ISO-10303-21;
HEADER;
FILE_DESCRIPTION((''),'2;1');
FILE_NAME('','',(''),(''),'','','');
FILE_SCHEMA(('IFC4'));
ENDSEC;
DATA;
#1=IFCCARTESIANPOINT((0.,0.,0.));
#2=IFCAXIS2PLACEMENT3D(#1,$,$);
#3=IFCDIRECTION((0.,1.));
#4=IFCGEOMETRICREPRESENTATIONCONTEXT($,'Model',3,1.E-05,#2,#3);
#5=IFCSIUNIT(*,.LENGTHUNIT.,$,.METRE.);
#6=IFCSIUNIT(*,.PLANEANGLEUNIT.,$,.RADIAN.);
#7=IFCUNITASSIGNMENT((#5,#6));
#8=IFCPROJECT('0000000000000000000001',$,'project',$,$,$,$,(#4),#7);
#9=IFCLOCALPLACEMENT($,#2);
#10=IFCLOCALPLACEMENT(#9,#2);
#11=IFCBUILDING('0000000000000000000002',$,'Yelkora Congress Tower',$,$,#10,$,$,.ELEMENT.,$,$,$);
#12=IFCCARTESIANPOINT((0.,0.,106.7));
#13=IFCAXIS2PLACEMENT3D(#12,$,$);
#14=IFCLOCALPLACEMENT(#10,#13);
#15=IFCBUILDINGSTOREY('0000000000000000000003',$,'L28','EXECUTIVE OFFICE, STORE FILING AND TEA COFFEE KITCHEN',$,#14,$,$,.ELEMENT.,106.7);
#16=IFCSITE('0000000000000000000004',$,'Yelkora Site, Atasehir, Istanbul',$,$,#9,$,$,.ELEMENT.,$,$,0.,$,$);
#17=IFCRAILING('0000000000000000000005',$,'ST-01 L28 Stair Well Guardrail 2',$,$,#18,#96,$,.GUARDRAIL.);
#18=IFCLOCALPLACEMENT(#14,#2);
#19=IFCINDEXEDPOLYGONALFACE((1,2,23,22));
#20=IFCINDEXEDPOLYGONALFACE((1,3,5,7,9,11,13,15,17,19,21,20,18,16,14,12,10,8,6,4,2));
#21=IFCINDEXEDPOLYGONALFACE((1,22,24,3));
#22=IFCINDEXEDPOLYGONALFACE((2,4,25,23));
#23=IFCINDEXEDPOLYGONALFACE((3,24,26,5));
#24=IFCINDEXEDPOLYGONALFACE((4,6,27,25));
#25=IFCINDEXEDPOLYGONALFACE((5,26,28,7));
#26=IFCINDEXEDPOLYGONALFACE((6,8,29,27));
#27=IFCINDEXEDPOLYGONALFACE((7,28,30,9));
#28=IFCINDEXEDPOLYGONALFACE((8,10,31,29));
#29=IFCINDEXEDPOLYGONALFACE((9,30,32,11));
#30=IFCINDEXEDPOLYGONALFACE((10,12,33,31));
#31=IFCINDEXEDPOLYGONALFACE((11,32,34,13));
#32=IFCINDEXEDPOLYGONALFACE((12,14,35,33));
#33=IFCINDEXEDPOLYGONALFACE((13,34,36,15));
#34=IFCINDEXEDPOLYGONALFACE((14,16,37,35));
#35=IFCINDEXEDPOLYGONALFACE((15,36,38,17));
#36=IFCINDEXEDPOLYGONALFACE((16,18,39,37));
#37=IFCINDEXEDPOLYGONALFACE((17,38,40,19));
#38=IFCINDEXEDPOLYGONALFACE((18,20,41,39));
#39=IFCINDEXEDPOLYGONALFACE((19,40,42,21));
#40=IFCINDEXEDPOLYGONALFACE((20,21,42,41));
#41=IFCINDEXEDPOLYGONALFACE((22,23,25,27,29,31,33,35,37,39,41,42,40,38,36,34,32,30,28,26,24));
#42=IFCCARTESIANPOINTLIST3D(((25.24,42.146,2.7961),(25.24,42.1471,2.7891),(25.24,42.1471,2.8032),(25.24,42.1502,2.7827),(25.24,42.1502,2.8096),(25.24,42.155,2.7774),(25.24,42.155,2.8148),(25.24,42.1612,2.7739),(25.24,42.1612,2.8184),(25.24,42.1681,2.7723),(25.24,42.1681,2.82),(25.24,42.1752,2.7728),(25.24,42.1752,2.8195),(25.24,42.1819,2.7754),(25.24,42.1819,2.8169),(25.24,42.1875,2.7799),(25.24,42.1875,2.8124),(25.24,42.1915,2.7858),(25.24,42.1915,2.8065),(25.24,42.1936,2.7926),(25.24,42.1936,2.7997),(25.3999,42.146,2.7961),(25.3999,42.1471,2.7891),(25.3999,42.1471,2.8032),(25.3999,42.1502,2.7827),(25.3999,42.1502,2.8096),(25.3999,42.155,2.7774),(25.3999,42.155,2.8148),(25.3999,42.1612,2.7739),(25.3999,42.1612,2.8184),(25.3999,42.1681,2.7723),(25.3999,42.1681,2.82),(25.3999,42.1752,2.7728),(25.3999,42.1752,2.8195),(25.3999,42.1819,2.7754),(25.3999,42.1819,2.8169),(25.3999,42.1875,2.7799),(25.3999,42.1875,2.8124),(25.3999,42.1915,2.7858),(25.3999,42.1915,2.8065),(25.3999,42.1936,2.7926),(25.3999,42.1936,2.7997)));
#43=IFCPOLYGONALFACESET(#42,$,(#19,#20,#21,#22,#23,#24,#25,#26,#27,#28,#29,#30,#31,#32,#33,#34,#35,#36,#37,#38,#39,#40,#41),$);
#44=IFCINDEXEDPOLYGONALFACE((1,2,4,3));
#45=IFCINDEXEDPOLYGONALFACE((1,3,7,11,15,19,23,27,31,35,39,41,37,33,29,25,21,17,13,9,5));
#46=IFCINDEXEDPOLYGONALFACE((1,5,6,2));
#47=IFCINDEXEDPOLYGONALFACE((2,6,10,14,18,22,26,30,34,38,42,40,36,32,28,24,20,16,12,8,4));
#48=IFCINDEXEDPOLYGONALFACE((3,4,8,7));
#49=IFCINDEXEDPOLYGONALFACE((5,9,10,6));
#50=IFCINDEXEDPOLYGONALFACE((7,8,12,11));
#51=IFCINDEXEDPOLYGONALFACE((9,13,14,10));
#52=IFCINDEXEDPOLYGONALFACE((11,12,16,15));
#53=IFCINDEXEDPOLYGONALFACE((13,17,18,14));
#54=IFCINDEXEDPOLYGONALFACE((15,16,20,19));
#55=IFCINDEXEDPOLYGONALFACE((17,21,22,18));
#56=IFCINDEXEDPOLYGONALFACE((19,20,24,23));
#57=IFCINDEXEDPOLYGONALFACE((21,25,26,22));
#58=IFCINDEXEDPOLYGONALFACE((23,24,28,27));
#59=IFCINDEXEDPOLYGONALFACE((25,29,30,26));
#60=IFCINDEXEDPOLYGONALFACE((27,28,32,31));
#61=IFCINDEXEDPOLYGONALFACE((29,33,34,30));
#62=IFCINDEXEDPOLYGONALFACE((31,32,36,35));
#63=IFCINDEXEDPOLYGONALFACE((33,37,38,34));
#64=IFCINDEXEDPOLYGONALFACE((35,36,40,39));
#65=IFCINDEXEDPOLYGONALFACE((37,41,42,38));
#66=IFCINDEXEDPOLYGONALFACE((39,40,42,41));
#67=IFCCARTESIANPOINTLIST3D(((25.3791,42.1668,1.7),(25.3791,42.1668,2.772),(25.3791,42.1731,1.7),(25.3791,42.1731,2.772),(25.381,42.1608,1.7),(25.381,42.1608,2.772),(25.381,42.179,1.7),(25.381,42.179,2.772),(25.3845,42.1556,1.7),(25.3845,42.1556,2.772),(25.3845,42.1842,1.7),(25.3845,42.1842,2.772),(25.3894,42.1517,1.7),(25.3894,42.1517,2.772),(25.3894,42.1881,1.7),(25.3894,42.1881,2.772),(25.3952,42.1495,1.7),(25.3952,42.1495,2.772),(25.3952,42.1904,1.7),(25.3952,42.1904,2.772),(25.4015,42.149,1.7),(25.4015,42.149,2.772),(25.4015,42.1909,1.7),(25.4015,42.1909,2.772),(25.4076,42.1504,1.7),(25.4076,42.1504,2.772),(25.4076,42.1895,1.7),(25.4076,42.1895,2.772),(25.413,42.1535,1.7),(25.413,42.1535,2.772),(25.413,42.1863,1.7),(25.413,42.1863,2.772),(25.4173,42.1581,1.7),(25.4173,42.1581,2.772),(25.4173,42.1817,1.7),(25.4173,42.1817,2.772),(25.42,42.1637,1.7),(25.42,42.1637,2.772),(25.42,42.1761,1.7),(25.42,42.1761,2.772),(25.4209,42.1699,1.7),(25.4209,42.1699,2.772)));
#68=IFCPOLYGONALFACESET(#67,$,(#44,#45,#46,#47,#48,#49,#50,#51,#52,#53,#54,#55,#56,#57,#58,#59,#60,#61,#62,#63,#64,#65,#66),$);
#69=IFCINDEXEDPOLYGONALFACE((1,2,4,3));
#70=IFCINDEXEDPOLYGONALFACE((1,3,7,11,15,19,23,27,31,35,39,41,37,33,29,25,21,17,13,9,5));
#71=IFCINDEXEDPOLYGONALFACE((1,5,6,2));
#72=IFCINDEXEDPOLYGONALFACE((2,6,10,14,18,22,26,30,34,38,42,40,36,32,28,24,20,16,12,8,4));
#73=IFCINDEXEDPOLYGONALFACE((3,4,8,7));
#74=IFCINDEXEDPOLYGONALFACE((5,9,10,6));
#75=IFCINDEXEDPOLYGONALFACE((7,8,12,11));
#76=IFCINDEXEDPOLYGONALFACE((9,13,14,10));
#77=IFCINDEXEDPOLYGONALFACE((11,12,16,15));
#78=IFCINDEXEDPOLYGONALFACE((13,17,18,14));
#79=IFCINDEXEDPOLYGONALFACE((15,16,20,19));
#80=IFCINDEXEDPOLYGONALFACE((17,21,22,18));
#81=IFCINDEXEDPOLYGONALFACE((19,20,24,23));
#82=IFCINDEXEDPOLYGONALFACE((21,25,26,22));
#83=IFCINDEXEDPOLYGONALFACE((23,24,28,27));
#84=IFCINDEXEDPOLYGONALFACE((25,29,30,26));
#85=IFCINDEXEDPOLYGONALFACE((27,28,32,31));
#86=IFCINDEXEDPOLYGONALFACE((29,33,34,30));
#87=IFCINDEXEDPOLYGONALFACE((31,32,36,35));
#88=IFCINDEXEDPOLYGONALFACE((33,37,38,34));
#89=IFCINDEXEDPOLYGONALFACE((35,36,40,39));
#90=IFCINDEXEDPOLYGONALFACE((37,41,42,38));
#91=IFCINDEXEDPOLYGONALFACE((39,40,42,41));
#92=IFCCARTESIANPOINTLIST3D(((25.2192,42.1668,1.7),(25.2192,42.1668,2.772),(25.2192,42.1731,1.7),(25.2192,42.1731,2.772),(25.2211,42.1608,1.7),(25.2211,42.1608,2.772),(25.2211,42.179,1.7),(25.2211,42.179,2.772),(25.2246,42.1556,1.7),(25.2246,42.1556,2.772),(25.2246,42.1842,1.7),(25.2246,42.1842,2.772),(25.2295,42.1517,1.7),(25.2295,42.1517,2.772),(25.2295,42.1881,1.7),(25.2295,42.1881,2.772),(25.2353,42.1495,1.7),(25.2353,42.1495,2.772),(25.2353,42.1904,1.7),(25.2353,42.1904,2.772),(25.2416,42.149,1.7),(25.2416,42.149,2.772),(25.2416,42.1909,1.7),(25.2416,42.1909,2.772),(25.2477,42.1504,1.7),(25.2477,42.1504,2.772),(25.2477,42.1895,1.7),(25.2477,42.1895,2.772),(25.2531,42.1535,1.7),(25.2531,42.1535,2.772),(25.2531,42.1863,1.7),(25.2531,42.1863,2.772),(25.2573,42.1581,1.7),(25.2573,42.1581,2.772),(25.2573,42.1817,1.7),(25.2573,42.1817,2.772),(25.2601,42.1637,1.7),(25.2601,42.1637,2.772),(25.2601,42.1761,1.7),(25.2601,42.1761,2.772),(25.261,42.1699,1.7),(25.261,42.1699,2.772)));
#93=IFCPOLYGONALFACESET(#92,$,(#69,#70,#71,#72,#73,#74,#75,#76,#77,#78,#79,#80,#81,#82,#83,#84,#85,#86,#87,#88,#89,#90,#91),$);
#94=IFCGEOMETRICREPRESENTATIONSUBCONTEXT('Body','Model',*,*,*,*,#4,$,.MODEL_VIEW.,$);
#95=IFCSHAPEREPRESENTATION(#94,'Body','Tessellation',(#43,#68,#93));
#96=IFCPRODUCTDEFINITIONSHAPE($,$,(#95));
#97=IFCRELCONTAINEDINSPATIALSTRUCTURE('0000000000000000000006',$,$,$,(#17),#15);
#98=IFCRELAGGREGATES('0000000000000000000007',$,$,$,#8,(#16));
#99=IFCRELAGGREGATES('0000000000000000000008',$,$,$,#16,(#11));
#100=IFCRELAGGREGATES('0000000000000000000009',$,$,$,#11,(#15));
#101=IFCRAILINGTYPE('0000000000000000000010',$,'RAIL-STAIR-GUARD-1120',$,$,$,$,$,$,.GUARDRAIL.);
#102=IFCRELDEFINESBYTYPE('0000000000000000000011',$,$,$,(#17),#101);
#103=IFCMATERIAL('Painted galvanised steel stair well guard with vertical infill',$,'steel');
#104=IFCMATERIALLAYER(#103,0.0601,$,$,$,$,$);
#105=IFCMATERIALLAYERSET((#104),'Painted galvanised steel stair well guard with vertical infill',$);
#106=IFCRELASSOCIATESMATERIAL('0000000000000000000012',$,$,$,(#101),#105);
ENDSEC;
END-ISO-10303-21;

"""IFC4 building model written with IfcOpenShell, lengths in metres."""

from ifc_helpers import new_model, si_unit, direction, frame, origin, origin_2d, place, context, subcontext, project, spatial, circle, extrude, material, layer, layer_set, type_object, element, save


model = new_model("IFC4")

# Units and contexts
model_context = context("Model", 3, precision=1e-05, world=origin(), true_north=direction((0.0, 1.0)))
body_context = subcontext(model_context, "Body", "Model", "MODEL_VIEW")
ifc_project = project(units=[si_unit("LENGTHUNIT", "METRE"), si_unit("PLANEANGLEUNIT", "RADIAN")], contexts=[model_context])

# Site, building, storey
site_placement = place(None, origin())
site = spatial("IfcSite", under=ifc_project, at=site_placement, Name="Yelkora Site, Atasehir, Istanbul", CompositionType="ELEMENT", RefElevation=0.0)
building_placement = place(site_placement, origin())
building = spatial("IfcBuilding", under=site, at=building_placement, Name="Yelkora Congress Tower", CompositionType="ELEMENT")
storey_placement = place(building_placement, frame((0.0, 0.0, 106.7)))
storey = spatial("IfcBuildingStorey", under=building, at=storey_placement, Name="L28", Description="EXECUTIVE OFFICE, STORE FILING AND TEA COFFEE KITCHEN", CompositionType="ELEMENT", Elevation=106.7)

# Railing
ifc_material_1 = material(Name="Painted galvanised steel stair well guard with vertical infill", Category="steel")
ifc_layer_1 = layer(ifc_material_1, 0.0601)
ifc_layer_set_1 = layer_set([ifc_layer_1], Name="Painted galvanised steel stair well guard with vertical infill")
railing_type_1 = type_object("IfcRailingType", Name="RAIL-STAIR-GUARD-1120", PredefinedType="GUARDRAIL", material=ifc_layer_set_1)
railing_1_placement = place(storey_placement, frame((25.3999, 42.1699, 1.7)))
element("IfcRailing", 1, at=railing_1_placement, inside=storey, type_object=railing_type_1, Name="ST-01 L28 Stair Well Guardrail 2", PredefinedType="GUARDRAIL", context=body_context, shape_type="SweptSolid", body=[
    extrude(circle(Radius=0.0239, at=origin_2d()), frame((0.0, 0.0, 1.0962), z_axis=(-1.0, 0.0, 0.0), x_axis=(0.0, -1.0, 0.0)), (0.0, 0.0, 1.0), 0.1599),
    extrude(circle(Radius=0.021, at=origin_2d()), origin(), (0.0, 0.0, 1.0), 1.072),
    extrude(circle(Radius=0.021, at=origin_2d()), frame((-0.1599, 0.0, 0.0)), (0.0, 0.0, 1.0), 1.072),
])

save(model, "model.ifc")
